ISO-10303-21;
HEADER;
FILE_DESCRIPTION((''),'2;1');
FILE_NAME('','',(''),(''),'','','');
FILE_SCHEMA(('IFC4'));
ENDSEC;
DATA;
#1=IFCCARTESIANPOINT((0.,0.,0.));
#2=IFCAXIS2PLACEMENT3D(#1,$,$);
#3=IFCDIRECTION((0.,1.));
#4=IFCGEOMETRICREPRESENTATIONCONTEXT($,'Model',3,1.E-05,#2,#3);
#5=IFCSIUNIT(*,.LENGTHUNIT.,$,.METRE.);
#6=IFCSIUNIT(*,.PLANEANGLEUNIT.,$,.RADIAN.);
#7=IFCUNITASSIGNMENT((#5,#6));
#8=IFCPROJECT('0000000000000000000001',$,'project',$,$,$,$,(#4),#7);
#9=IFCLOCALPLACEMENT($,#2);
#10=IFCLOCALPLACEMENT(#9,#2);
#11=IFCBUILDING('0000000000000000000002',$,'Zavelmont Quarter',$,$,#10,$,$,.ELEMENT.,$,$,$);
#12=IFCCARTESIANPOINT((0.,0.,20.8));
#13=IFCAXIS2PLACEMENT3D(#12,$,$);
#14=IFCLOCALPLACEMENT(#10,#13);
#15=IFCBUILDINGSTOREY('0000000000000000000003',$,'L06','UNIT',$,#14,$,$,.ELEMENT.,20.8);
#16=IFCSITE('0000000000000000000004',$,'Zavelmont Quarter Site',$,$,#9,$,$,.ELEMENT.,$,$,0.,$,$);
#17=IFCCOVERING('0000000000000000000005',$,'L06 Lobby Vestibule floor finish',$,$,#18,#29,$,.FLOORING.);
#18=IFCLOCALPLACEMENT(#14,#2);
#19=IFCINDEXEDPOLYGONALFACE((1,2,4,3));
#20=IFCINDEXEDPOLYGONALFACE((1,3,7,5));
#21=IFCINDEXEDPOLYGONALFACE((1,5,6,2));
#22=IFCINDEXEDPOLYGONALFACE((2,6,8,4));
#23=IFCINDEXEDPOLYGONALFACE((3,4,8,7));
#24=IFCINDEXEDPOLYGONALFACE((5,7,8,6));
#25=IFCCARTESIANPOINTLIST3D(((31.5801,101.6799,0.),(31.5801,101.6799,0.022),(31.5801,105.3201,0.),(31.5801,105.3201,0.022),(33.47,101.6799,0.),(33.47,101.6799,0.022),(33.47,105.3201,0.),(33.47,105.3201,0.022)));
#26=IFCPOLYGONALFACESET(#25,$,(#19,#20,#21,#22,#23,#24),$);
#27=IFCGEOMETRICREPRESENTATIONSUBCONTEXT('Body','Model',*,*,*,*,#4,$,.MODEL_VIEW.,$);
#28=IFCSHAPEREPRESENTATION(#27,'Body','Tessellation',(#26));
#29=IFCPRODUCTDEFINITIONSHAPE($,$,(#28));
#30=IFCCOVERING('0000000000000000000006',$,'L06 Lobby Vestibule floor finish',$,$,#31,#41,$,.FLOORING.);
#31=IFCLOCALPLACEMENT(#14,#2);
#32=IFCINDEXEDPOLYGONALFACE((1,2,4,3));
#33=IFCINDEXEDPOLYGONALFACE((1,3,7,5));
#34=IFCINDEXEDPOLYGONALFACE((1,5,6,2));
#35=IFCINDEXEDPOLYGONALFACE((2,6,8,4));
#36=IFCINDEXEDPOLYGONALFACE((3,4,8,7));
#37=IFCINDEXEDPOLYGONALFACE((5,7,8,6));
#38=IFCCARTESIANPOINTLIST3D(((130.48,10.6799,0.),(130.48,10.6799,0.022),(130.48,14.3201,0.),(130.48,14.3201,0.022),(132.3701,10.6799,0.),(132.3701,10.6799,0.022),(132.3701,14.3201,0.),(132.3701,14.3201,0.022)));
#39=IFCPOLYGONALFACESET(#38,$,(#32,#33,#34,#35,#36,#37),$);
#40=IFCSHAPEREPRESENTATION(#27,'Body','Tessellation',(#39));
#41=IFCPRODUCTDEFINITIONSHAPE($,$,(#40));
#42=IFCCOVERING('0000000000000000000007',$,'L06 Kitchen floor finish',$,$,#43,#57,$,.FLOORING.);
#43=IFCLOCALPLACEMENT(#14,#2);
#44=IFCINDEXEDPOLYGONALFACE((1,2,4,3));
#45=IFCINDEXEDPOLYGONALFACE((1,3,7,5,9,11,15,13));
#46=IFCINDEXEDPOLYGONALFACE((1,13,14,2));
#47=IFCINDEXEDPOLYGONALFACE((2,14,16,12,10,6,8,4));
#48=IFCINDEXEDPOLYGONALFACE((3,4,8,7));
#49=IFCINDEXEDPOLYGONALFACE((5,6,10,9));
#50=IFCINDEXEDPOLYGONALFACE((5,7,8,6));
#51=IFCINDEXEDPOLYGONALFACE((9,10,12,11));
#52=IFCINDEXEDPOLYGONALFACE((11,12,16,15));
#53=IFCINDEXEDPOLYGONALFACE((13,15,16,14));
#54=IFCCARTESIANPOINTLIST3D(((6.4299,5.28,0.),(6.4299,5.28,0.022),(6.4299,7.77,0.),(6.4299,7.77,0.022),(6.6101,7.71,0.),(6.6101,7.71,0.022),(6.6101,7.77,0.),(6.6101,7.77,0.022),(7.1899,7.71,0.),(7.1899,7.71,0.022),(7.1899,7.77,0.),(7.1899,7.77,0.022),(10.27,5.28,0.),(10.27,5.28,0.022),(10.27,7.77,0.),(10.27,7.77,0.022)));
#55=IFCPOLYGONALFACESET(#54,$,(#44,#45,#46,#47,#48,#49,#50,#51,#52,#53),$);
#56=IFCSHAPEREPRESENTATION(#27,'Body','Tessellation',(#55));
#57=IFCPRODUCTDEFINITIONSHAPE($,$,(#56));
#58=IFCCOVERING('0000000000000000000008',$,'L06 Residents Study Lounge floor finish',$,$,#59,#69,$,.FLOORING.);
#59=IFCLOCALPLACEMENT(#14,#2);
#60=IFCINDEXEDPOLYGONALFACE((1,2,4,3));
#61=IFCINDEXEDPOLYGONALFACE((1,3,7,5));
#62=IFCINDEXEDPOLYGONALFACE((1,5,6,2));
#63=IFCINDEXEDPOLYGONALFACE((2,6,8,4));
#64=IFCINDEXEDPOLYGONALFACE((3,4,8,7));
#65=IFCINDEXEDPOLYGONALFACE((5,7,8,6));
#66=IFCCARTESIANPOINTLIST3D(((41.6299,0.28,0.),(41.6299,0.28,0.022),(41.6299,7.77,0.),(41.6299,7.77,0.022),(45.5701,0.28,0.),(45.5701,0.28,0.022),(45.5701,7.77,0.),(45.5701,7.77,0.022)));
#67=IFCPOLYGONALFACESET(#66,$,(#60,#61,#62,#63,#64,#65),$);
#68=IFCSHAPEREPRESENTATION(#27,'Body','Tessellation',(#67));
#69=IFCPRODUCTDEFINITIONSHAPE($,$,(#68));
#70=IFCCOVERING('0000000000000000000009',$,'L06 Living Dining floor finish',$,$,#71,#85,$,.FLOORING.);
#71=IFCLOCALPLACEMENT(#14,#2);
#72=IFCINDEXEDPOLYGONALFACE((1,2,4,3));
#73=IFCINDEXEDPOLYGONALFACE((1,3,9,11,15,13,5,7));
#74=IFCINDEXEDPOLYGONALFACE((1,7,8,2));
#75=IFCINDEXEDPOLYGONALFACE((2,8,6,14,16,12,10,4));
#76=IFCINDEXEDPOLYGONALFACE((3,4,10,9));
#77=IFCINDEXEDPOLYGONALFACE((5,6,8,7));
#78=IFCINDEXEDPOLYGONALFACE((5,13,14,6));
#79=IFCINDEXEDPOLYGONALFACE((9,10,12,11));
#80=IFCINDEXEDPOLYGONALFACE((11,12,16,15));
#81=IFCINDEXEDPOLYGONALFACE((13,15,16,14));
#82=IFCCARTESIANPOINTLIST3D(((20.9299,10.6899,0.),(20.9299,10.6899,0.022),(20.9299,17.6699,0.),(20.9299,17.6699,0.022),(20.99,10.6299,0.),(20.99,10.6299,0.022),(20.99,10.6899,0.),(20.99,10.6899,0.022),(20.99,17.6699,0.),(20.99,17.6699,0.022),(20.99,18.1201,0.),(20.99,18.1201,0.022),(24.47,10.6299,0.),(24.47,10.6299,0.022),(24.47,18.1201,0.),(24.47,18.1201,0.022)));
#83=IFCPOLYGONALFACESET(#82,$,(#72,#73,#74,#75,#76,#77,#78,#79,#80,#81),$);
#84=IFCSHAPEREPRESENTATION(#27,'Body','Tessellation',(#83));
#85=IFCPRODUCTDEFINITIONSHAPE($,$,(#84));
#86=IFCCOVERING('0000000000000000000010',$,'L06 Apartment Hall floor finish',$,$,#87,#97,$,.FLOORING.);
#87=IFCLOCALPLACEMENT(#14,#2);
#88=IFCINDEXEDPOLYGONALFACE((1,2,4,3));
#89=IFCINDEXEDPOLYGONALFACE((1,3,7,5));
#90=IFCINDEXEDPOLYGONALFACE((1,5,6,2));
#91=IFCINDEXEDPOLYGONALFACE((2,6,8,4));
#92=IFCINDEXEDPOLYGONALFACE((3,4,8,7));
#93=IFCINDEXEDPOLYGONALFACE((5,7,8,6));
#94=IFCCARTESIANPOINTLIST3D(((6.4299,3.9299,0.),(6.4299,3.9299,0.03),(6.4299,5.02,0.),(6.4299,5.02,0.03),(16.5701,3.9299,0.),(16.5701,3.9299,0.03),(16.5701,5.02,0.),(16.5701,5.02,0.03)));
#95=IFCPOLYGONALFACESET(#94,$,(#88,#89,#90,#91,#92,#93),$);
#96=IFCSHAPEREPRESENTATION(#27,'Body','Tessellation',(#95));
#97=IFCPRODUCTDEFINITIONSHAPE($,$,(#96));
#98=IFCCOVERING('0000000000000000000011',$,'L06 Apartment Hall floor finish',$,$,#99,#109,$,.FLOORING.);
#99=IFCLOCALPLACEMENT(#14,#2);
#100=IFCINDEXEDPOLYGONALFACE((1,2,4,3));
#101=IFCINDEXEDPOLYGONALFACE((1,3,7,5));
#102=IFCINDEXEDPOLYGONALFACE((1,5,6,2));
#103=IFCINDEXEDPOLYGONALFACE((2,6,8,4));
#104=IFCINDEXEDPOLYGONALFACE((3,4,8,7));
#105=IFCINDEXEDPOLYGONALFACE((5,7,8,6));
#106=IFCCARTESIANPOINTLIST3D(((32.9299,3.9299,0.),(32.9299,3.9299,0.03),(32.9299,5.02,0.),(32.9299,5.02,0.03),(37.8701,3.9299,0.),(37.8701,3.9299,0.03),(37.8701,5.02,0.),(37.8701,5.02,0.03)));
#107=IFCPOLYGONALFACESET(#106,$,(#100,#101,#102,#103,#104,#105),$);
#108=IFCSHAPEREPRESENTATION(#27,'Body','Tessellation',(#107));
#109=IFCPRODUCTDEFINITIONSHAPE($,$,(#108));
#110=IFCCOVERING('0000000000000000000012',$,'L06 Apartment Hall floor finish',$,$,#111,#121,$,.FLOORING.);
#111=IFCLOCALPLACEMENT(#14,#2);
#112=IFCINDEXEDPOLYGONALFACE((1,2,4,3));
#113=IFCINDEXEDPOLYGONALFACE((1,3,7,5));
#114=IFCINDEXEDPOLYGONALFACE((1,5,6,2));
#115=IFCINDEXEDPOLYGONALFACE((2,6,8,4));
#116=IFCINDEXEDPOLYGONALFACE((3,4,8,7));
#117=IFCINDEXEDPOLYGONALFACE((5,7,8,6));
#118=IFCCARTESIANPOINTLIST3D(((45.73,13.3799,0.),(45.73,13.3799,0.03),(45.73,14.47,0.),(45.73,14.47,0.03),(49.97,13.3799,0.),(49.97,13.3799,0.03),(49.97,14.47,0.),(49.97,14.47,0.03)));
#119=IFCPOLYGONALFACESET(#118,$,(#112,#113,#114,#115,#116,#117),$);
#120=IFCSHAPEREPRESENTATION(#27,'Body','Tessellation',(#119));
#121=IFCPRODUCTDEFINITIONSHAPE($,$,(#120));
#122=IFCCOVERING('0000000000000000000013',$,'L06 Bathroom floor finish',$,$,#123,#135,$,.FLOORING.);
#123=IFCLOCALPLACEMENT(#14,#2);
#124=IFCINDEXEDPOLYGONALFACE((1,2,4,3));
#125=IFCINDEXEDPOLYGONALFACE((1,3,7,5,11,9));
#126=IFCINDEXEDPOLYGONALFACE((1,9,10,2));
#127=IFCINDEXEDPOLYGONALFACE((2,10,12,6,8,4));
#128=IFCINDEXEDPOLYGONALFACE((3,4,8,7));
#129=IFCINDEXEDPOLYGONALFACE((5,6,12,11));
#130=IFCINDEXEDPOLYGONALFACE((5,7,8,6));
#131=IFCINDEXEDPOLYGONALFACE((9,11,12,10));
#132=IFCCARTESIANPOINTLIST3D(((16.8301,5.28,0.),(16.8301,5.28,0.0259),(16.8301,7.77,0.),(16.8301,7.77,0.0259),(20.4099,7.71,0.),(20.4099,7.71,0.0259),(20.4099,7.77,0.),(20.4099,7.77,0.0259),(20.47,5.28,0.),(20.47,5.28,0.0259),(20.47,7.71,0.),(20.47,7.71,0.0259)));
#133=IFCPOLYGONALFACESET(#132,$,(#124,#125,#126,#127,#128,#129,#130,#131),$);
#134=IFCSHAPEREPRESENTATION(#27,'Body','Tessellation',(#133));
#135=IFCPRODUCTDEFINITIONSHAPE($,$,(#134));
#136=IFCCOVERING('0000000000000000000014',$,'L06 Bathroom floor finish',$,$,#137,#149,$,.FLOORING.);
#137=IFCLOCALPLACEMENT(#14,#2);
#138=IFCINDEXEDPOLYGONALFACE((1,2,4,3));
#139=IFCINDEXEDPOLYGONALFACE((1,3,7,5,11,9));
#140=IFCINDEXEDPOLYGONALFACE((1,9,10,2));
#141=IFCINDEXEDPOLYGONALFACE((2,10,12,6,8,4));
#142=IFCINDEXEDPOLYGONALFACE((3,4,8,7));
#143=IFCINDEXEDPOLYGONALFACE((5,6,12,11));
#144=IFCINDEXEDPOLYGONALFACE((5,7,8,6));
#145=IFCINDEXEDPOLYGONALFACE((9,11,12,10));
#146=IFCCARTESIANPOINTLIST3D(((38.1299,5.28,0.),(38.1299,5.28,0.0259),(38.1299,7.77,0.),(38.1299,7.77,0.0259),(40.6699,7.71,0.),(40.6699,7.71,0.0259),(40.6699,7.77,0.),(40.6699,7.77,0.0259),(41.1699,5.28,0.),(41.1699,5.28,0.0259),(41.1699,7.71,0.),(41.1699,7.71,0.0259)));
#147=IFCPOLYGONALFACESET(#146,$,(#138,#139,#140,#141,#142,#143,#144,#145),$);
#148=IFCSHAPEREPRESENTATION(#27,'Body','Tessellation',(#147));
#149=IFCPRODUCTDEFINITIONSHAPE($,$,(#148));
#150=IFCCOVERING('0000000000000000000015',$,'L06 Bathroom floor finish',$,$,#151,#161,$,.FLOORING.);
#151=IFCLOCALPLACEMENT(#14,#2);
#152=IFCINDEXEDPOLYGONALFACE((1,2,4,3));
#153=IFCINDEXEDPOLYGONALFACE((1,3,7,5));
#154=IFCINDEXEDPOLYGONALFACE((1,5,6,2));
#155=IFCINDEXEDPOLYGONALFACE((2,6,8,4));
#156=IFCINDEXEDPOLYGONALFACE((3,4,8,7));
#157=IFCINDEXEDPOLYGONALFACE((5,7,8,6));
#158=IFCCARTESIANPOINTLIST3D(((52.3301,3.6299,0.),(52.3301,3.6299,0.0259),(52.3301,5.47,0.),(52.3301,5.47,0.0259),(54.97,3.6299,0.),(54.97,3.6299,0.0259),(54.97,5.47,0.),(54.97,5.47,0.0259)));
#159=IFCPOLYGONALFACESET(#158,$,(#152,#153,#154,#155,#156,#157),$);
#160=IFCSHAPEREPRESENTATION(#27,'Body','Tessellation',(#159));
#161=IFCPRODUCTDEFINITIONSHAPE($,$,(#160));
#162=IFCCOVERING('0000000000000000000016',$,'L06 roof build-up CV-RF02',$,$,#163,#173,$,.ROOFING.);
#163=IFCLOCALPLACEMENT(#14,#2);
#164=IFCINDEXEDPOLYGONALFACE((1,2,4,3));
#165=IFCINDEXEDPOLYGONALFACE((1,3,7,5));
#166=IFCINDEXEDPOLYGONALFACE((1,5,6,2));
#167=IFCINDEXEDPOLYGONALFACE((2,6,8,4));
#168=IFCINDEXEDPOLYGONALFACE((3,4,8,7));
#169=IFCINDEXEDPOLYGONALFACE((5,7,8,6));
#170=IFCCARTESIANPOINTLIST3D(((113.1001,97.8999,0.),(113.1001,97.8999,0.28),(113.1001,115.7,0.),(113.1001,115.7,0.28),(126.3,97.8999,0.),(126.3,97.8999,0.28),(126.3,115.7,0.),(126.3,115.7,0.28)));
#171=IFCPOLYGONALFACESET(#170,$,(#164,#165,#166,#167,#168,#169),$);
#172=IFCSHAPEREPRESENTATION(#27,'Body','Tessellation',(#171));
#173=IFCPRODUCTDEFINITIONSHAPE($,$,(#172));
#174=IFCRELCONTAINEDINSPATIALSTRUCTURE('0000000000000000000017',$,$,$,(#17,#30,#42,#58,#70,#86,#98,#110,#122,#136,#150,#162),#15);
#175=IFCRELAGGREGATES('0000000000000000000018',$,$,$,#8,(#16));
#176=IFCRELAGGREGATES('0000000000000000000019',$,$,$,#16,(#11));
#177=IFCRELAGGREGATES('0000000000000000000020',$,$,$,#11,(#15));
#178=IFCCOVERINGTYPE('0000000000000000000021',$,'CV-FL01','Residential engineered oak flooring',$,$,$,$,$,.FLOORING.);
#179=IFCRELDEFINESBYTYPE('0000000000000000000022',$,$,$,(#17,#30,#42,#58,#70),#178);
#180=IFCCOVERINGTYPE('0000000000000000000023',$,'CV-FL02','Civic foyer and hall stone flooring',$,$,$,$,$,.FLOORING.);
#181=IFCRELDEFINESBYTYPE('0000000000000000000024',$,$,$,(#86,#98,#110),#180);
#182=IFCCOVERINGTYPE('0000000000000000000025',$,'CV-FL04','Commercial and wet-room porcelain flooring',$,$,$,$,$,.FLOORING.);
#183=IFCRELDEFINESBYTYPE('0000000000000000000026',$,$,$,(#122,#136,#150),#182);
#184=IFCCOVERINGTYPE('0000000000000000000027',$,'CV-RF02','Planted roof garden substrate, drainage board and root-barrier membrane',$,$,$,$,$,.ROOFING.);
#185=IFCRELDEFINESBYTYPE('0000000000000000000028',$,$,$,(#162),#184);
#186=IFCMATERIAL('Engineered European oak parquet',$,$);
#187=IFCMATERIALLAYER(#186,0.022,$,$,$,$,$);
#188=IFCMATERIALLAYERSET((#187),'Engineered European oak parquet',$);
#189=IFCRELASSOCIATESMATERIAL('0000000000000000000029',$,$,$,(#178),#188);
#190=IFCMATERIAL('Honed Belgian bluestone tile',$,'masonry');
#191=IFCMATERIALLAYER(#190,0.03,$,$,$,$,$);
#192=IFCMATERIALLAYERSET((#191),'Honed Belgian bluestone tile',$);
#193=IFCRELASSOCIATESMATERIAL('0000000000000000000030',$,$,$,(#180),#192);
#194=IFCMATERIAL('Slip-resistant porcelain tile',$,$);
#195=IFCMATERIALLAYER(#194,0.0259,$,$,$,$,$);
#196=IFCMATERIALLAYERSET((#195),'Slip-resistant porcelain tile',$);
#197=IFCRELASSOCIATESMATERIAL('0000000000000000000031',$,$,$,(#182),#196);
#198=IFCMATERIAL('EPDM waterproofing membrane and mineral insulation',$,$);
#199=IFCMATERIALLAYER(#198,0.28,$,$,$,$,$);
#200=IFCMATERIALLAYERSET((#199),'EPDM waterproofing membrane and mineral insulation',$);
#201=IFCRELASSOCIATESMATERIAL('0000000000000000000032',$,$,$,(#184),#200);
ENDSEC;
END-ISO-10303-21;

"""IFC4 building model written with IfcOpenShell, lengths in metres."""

from ifc_helpers import new_model, si_unit, direction, frame, origin, place, context, subcontext, project, spatial, polyline, outline, extrude, material, layer, layer_set, type_object, element, save


model = new_model("IFC4")

# Units and contexts
model_context = context("Model", 3, precision=1e-05, world=origin(), true_north=direction((0.0, 1.0)))
body_context = subcontext(model_context, "Body", "Model", "MODEL_VIEW")
ifc_project = project(units=[si_unit("LENGTHUNIT", "METRE"), si_unit("PLANEANGLEUNIT", "RADIAN")], contexts=[model_context])

# Site, building, storey
site_placement = place(None, origin())
site = spatial("IfcSite", under=ifc_project, at=site_placement, Name="Zavelmont Quarter Site", CompositionType="ELEMENT", RefElevation=0.0)
building_placement = place(site_placement, origin())
building = spatial("IfcBuilding", under=site, at=building_placement, Name="Zavelmont Quarter", CompositionType="ELEMENT")
storey_placement = place(building_placement, frame((0.0, 0.0, 20.8)))
storey = spatial("IfcBuildingStorey", under=building, at=storey_placement, Name="L06", Description="UNIT", CompositionType="ELEMENT", Elevation=20.8)

# Coverings
ifc_material_1 = material(Name="Engineered European oak parquet")
ifc_layer_1 = layer(ifc_material_1, 0.022)
ifc_layer_set_1 = layer_set([ifc_layer_1], Name="Engineered European oak parquet")
covering_type_1 = type_object("IfcCoveringType", Name="CV-FL01", Description="Residential engineered oak flooring", PredefinedType="FLOORING", material=ifc_layer_set_1)
covering_1_placement = place(storey_placement, origin())
element("IfcCovering", 1, at=covering_1_placement, inside=storey, type_object=covering_type_1, Name="L06 Lobby Vestibule floor finish", PredefinedType="FLOORING", context=body_context, shape_type="SweptSolid", body=[
    extrude(outline(polyline([(31.5801, 105.3201), (33.47, 105.3201), (33.47, 101.6799), (31.5801, 101.6799), (31.5801, 105.3201)])), origin(), (0.0, 0.0, 1.0), 0.022),
])
covering_2_placement = place(storey_placement, origin())
element("IfcCovering", 2, at=covering_2_placement, inside=storey, type_object=covering_type_1, Name="L06 Lobby Vestibule floor finish", PredefinedType="FLOORING", context=body_context, shape_type="SweptSolid", body=[
    extrude(outline(polyline([(130.48, 14.3201), (132.3701, 14.3201), (132.3701, 10.6799), (130.48, 10.6799), (130.48, 14.3201)])), origin(), (0.0, 0.0, 1.0), 0.022),
])
covering_3_placement = place(storey_placement, origin())
element("IfcCovering", 3, at=covering_3_placement, inside=storey, type_object=covering_type_1, Name="L06 Kitchen floor finish", PredefinedType="FLOORING", context=body_context, shape_type="SweptSolid", body=[
    extrude(outline(polyline([(6.4299, 7.77), (6.6101, 7.77), (6.6101, 7.71), (7.1899, 7.71), (7.1899, 7.77), (10.27, 7.77), (10.27, 5.28), (6.4299, 5.28), (6.4299, 7.77)])), origin(), (0.0, 0.0, 1.0), 0.022),
])
covering_4_placement = place(storey_placement, origin())
element("IfcCovering", 4, at=covering_4_placement, inside=storey, type_object=covering_type_1, Name="L06 Residents Study Lounge floor finish", PredefinedType="FLOORING", context=body_context, shape_type="SweptSolid", body=[
    extrude(outline(polyline([(41.6299, 7.77), (45.5701, 7.77), (45.5701, 0.28), (41.6299, 0.28), (41.6299, 7.77)])), origin(), (0.0, 0.0, 1.0), 0.022),
])
covering_5_placement = place(storey_placement, origin())
element("IfcCovering", 5, at=covering_5_placement, inside=storey, type_object=covering_type_1, Name="L06 Living Dining floor finish", PredefinedType="FLOORING", context=body_context, shape_type="SweptSolid", body=[
    extrude(outline(polyline([(20.9299, 17.6699), (20.99, 17.6699), (20.99, 18.1201), (24.47, 18.1201), (24.47, 10.6299), (20.99, 10.6299), (20.99, 10.6899), (20.9299, 10.6899), (20.9299, 17.6699)])), origin(), (0.0, 0.0, 1.0), 0.022),
])
ifc_material_2 = material(Name="Honed Belgian bluestone tile", Category="masonry")
ifc_layer_2 = layer(ifc_material_2, 0.03)
ifc_layer_set_2 = layer_set([ifc_layer_2], Name="Honed Belgian bluestone tile")
covering_type_2 = type_object("IfcCoveringType", Name="CV-FL02", Description="Civic foyer and hall stone flooring", PredefinedType="FLOORING", material=ifc_layer_set_2)
covering_6_placement = place(storey_placement, origin())
element("IfcCovering", 6, at=covering_6_placement, inside=storey, type_object=covering_type_2, Name="L06 Apartment Hall floor finish", PredefinedType="FLOORING", context=body_context, shape_type="SweptSolid", body=[
    extrude(outline(polyline([(6.4299, 5.02), (16.5701, 5.02), (16.5701, 3.9299), (6.4299, 3.9299), (6.4299, 5.02)])), origin(), (0.0, 0.0, 1.0), 0.03),
])
covering_7_placement = place(storey_placement, origin())
element("IfcCovering", 7, at=covering_7_placement, inside=storey, type_object=covering_type_2, Name="L06 Apartment Hall floor finish", PredefinedType="FLOORING", context=body_context, shape_type="SweptSolid", body=[
    extrude(outline(polyline([(32.9299, 5.02), (37.8701, 5.02), (37.8701, 3.9299), (32.9299, 3.9299), (32.9299, 5.02)])), origin(), (0.0, 0.0, 1.0), 0.03),
])
covering_8_placement = place(storey_placement, origin())
element("IfcCovering", 8, at=covering_8_placement, inside=storey, type_object=covering_type_2, Name="L06 Apartment Hall floor finish", PredefinedType="FLOORING", context=body_context, shape_type="SweptSolid", body=[
    extrude(outline(polyline([(45.73, 14.47), (49.97, 14.47), (49.97, 13.3799), (45.73, 13.3799), (45.73, 14.47)])), origin(), (0.0, 0.0, 1.0), 0.03),
])
ifc_material_3 = material(Name="Slip-resistant porcelain tile")
ifc_layer_3 = layer(ifc_material_3, 0.0259)
ifc_layer_set_3 = layer_set([ifc_layer_3], Name="Slip-resistant porcelain tile")
covering_type_3 = type_object("IfcCoveringType", Name="CV-FL04", Description="Commercial and wet-room porcelain flooring", PredefinedType="FLOORING", material=ifc_layer_set_3)
covering_9_placement = place(storey_placement, origin())
element("IfcCovering", 9, at=covering_9_placement, inside=storey, type_object=covering_type_3, Name="L06 Bathroom floor finish", PredefinedType="FLOORING", context=body_context, shape_type="SweptSolid", body=[
    extrude(outline(polyline([(16.8301, 7.77), (20.4099, 7.77), (20.4099, 7.71), (20.47, 7.71), (20.47, 5.28), (16.8301, 5.28), (16.8301, 7.77)])), origin(), (0.0, 0.0, 1.0), 0.0259),
])
covering_10_placement = place(storey_placement, origin())
element("IfcCovering", 10, at=covering_10_placement, inside=storey, type_object=covering_type_3, Name="L06 Bathroom floor finish", PredefinedType="FLOORING", context=body_context, shape_type="SweptSolid", body=[
    extrude(outline(polyline([(38.1299, 7.77), (40.6699, 7.77), (40.6699, 7.71), (41.1699, 7.71), (41.1699, 5.28), (38.1299, 5.28), (38.1299, 7.77)])), origin(), (0.0, 0.0, 1.0), 0.0259),
])
covering_11_placement = place(storey_placement, origin())
element("IfcCovering", 11, at=covering_11_placement, inside=storey, type_object=covering_type_3, Name="L06 Bathroom floor finish", PredefinedType="FLOORING", context=body_context, shape_type="SweptSolid", body=[
    extrude(outline(polyline([(52.3301, 5.47), (54.97, 5.47), (54.97, 3.6299), (52.3301, 3.6299), (52.3301, 5.47)])), origin(), (0.0, 0.0, 1.0), 0.0259),
])
ifc_material_4 = material(Name="EPDM waterproofing membrane and mineral insulation")
ifc_layer_4 = layer(ifc_material_4, 0.28)
ifc_layer_set_4 = layer_set([ifc_layer_4], Name="EPDM waterproofing membrane and mineral insulation")
covering_type_4 = type_object("IfcCoveringType", Name="CV-RF02", Description="Planted roof garden substrate, drainage board and root-barrier membrane", PredefinedType="ROOFING", material=ifc_layer_set_4)
covering_12_placement = place(storey_placement, origin())
element("IfcCovering", 12, at=covering_12_placement, inside=storey, type_object=covering_type_4, Name="L06 roof build-up CV-RF02", PredefinedType="ROOFING", context=body_context, shape_type="SweptSolid", body=[
    extrude(outline(polyline([(113.1001, 97.8999), (126.3, 97.8999), (126.3, 115.7), (113.1001, 115.7), (113.1001, 97.8999)])), origin(), (0.0, 0.0, 1.0), 0.28),
])

save(model, "model.ifc")
